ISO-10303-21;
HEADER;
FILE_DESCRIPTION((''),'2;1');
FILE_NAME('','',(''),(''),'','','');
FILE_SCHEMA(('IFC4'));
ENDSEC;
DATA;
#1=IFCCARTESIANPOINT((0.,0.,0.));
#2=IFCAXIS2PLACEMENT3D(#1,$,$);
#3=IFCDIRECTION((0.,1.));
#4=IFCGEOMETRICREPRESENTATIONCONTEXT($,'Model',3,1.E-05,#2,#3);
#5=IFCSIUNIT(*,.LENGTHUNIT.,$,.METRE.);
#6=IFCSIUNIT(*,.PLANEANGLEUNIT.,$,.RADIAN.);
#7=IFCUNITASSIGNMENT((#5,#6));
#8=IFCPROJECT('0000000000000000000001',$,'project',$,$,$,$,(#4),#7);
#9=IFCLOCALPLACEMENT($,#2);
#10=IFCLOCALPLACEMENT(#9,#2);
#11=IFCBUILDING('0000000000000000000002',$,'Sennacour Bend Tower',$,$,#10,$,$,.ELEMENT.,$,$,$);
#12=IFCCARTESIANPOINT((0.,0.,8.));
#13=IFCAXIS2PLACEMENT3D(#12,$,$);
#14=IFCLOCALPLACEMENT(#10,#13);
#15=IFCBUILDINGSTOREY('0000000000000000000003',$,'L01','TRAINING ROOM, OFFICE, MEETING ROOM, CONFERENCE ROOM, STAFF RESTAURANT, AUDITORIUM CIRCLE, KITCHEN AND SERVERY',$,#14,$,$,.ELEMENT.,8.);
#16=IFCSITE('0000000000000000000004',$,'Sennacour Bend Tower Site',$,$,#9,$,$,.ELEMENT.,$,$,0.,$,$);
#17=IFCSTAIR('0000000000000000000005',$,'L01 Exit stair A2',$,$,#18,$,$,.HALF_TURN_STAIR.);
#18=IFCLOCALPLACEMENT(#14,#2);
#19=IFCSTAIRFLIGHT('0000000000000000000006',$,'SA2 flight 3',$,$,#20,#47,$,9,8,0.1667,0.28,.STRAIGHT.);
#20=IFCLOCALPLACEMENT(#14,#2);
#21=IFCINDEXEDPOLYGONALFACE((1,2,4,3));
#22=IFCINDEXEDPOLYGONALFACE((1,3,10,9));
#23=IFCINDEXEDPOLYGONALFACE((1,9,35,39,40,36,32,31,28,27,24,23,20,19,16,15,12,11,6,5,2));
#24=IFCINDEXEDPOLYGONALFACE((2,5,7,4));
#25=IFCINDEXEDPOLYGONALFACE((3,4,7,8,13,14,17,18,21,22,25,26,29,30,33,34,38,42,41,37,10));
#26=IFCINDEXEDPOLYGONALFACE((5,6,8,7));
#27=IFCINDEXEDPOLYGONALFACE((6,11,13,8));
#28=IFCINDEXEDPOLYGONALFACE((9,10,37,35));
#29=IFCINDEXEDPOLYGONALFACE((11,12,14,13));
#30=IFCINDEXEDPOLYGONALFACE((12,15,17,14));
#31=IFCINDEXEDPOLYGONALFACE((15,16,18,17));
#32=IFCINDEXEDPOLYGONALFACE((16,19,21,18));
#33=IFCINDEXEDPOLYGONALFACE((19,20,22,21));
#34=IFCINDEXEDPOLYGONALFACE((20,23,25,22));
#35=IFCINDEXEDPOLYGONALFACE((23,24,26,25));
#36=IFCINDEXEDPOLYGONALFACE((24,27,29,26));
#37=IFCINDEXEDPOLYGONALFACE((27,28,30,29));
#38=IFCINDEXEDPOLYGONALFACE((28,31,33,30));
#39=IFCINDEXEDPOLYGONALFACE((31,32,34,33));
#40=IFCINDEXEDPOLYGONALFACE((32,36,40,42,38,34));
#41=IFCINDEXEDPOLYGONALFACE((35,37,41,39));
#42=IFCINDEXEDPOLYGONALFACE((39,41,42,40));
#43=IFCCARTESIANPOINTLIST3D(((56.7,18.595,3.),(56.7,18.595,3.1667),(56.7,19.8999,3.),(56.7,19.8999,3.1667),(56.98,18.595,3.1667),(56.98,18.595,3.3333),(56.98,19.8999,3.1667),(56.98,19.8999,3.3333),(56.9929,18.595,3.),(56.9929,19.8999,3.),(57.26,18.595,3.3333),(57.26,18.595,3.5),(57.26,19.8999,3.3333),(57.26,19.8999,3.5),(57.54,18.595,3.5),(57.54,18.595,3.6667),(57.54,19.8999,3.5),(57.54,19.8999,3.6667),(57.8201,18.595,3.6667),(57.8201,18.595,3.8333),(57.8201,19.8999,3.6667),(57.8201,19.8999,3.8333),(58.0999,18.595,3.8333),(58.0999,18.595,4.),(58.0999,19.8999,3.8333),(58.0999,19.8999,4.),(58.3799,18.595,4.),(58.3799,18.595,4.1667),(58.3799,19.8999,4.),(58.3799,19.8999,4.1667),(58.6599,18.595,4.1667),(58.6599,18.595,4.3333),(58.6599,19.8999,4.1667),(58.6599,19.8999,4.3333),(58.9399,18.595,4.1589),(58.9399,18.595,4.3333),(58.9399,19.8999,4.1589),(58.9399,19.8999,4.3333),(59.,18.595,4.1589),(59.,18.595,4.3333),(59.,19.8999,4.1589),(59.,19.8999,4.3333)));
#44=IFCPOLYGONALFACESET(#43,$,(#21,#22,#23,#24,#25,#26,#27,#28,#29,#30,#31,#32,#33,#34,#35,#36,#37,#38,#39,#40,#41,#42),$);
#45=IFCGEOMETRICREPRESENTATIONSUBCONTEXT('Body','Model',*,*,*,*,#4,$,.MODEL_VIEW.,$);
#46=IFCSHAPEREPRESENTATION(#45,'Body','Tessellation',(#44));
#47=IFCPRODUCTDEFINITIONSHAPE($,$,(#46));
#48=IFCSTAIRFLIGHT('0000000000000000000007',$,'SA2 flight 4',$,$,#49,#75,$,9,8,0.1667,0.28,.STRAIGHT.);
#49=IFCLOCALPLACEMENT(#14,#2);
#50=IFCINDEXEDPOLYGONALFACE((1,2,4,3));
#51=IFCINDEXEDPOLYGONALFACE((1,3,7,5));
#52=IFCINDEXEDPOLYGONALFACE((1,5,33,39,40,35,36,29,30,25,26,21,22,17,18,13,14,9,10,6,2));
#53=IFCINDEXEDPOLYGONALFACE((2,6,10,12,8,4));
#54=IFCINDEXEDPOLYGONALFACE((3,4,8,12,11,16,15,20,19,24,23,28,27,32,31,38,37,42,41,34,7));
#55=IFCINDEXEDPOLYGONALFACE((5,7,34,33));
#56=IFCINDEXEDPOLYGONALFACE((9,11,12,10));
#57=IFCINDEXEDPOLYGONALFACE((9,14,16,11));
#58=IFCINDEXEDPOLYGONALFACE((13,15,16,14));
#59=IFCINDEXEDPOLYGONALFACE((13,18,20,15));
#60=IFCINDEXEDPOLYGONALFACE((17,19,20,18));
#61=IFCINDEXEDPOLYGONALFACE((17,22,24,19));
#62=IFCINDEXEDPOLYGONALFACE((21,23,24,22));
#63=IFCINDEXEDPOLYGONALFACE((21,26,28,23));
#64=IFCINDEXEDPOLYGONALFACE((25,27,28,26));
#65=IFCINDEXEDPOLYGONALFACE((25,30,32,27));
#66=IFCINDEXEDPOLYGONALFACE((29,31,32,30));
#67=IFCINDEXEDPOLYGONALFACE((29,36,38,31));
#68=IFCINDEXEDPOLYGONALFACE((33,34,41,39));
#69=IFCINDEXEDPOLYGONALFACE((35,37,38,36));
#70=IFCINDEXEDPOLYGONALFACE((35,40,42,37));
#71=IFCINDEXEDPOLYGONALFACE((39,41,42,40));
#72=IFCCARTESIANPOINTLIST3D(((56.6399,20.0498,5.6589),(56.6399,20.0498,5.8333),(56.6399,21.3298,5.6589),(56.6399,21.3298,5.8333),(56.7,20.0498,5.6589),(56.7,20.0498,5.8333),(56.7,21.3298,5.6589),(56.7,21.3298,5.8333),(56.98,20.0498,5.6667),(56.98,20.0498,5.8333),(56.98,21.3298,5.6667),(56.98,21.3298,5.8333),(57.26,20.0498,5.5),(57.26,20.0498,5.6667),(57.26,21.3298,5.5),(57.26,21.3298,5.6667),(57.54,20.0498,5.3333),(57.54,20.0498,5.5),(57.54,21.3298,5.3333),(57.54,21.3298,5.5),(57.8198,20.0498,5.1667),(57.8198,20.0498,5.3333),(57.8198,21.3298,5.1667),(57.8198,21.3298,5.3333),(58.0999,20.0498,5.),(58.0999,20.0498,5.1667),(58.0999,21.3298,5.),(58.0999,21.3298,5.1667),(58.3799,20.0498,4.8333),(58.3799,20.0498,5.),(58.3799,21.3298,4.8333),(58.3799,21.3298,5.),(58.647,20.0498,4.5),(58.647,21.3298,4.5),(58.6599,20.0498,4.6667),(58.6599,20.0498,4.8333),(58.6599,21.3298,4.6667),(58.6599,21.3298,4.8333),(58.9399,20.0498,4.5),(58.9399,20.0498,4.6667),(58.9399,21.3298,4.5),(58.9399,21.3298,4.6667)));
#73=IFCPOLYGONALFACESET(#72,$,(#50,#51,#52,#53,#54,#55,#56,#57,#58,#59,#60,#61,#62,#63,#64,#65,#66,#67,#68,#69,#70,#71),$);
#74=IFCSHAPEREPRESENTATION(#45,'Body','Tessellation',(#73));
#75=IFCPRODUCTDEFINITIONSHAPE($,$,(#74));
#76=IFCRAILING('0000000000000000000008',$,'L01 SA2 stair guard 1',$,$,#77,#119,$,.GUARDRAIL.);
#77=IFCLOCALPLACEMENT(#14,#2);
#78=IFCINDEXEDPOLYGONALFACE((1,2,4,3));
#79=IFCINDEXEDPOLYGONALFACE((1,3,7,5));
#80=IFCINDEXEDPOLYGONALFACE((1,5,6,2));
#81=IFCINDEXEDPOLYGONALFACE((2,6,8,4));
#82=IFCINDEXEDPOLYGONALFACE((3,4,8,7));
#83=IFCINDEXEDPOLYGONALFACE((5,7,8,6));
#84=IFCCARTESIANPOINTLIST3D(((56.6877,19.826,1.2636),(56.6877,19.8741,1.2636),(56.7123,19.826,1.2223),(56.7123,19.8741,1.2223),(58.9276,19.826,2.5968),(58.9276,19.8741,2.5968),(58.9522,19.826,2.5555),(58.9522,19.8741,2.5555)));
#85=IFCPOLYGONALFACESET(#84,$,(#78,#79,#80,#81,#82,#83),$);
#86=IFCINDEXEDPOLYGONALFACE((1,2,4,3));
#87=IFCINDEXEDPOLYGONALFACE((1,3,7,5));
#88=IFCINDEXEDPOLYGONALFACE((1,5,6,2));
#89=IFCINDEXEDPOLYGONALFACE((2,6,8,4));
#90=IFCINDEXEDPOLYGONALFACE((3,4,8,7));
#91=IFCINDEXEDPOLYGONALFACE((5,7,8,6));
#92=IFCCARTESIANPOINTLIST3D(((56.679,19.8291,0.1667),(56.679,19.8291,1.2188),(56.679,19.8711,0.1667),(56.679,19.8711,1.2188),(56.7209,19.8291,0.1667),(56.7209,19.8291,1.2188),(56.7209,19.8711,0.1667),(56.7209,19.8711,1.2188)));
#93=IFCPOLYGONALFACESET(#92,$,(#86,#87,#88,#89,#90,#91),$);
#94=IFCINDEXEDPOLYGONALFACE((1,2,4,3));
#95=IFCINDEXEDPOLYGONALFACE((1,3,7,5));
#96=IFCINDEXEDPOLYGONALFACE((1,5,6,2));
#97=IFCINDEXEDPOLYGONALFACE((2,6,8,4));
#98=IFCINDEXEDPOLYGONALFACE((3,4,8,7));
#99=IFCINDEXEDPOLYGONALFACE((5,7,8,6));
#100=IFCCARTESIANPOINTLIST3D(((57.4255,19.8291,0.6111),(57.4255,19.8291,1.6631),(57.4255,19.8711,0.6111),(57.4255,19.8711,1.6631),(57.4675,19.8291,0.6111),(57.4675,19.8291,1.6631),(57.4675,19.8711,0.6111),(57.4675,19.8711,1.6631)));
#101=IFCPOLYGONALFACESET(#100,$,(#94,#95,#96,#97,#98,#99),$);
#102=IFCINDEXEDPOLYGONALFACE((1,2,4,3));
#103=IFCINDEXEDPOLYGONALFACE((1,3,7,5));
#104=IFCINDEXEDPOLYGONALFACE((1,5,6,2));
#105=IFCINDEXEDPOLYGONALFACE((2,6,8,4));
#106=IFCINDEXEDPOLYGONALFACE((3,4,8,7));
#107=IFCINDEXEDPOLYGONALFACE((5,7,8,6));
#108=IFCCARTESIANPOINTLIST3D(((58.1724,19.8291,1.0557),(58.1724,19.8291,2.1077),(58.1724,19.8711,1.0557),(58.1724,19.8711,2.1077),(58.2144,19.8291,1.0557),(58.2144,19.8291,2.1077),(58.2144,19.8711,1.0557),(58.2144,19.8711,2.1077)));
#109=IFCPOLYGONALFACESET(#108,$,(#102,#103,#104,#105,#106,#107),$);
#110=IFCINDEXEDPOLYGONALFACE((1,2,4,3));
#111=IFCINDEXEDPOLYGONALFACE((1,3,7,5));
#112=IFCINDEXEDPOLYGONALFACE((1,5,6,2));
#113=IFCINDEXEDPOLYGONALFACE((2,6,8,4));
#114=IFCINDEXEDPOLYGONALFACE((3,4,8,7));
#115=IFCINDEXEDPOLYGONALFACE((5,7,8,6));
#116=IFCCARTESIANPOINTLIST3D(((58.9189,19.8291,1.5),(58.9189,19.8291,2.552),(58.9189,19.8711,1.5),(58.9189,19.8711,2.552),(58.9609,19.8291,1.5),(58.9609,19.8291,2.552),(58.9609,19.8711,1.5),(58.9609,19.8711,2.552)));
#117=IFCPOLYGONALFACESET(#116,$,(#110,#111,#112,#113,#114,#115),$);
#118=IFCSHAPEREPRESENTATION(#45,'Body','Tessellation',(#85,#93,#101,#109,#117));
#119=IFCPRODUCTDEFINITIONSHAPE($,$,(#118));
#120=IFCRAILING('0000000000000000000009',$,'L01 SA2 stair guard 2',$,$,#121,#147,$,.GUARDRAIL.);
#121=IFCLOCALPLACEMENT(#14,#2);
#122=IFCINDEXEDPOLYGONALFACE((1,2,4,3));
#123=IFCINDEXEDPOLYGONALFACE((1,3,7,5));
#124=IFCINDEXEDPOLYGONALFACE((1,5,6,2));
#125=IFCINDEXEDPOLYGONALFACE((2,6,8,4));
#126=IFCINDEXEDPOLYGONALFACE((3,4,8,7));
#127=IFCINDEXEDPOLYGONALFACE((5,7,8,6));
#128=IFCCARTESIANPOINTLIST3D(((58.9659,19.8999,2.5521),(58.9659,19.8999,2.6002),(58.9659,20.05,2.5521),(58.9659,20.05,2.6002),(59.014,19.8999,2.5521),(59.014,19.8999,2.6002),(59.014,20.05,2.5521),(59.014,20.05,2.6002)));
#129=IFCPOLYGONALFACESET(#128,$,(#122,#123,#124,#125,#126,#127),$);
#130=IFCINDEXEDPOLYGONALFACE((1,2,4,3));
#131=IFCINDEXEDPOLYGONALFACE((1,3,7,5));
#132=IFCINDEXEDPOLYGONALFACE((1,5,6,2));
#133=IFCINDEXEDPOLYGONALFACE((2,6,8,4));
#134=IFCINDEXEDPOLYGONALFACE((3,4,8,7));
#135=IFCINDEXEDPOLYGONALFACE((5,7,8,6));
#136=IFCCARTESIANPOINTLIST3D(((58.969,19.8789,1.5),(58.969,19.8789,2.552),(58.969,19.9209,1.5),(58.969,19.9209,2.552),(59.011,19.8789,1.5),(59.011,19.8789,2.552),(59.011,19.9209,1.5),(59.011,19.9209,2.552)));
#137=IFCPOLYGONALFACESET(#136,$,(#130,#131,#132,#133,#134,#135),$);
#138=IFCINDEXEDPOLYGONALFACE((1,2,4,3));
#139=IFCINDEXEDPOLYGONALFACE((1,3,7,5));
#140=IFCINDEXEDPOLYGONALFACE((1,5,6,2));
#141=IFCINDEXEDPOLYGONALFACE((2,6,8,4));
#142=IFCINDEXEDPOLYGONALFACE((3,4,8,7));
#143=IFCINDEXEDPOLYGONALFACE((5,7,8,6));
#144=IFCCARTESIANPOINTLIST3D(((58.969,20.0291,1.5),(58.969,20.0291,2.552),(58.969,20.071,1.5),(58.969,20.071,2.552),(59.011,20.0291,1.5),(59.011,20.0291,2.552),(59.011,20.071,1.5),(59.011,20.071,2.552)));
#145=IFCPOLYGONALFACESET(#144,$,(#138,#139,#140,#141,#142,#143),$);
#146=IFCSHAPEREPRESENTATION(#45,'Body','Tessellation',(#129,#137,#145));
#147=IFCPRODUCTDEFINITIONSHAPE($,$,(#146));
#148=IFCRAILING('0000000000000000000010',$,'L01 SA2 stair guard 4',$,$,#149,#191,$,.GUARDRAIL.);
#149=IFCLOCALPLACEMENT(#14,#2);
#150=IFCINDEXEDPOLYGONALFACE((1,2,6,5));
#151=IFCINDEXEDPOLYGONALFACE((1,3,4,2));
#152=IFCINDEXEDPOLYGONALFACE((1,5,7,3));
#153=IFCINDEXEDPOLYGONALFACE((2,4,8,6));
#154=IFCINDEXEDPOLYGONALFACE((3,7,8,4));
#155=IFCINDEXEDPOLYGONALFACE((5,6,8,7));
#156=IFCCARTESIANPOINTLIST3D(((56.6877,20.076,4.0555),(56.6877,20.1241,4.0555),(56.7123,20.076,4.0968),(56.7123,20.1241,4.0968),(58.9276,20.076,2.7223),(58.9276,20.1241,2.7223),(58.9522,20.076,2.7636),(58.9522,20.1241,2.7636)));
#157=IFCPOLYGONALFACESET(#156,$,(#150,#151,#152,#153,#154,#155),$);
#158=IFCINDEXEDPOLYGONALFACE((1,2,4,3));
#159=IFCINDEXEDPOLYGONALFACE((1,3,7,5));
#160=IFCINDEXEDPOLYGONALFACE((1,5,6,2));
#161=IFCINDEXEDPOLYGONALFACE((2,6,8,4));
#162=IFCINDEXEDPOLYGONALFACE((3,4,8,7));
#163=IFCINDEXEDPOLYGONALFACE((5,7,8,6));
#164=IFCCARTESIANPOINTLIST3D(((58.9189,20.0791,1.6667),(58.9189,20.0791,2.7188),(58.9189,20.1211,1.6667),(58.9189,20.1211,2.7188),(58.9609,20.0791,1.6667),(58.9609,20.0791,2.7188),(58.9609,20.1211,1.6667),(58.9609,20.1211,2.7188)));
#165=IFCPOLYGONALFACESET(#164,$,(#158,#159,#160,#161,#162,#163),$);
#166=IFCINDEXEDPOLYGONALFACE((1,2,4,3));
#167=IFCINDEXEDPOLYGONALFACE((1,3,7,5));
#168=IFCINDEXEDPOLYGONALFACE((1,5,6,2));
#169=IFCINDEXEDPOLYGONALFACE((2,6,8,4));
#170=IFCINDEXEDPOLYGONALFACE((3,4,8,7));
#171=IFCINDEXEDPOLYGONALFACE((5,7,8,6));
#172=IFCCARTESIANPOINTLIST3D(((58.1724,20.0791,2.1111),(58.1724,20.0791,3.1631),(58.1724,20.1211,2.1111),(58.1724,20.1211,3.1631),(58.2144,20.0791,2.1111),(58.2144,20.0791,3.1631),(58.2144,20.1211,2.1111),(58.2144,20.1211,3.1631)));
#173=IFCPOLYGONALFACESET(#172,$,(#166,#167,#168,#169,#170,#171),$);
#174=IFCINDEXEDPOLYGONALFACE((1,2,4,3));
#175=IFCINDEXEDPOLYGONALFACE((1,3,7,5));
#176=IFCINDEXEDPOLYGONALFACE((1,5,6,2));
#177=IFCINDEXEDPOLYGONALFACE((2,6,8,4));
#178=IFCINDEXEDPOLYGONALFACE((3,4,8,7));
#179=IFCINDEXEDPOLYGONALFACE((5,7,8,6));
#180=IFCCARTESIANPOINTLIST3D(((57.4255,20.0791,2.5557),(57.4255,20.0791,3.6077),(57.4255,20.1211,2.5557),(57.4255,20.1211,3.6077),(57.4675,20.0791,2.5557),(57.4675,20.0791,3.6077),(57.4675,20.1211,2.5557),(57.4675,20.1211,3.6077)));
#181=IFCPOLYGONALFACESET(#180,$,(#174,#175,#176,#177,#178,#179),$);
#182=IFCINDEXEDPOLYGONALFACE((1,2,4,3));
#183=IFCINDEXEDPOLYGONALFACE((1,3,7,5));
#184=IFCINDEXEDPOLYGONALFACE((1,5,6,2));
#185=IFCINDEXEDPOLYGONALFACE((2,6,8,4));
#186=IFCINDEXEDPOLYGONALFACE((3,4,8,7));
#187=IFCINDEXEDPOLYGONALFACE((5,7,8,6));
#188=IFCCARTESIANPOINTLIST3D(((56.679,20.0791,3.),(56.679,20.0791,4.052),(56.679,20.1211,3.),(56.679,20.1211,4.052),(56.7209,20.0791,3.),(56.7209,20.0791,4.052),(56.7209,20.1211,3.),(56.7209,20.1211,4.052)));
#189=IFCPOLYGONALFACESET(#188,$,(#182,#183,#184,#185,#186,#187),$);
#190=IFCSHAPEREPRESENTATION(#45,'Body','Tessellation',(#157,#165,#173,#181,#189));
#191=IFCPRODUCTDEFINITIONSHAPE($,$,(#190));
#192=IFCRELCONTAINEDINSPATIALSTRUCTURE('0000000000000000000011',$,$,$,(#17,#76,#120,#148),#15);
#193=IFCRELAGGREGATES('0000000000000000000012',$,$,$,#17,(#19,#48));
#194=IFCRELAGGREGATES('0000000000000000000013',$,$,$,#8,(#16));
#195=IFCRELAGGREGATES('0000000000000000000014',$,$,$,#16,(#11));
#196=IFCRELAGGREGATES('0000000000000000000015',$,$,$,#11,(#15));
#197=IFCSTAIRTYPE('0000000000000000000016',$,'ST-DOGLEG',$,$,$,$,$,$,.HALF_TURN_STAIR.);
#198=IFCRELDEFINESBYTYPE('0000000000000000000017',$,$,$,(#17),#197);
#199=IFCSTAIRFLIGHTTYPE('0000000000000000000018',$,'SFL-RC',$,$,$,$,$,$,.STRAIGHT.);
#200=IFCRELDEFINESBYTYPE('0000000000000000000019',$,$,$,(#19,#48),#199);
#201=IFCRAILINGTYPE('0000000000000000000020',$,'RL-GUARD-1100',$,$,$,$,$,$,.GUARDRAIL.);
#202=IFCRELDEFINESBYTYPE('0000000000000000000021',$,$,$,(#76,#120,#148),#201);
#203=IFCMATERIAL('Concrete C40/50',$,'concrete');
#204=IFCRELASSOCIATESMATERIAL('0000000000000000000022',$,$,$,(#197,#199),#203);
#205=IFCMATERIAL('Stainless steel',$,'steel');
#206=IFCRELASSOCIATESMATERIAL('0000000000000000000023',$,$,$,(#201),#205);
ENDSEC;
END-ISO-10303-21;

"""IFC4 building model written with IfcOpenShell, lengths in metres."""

from ifc_helpers import new_model, si_unit, direction, frame, origin, origin_2d, place, context, subcontext, project, spatial, polyline, rectangle, outline, extrude, material, type_object, element, aggregate, save


model = new_model("IFC4")

# Units and contexts
model_context = context("Model", 3, precision=1e-05, world=origin(), true_north=direction((0.0, 1.0)))
body_context = subcontext(model_context, "Body", "Model", "MODEL_VIEW")
ifc_project = project(units=[si_unit("LENGTHUNIT", "METRE"), si_unit("PLANEANGLEUNIT", "RADIAN")], contexts=[model_context])

# Site, building, storey
site_placement = place(None, origin())
site = spatial("IfcSite", under=ifc_project, at=site_placement, Name="Sennacour Bend Tower Site", CompositionType="ELEMENT", RefElevation=0.0)
building_placement = place(site_placement, origin())
building = spatial("IfcBuilding", under=site, at=building_placement, Name="Sennacour Bend Tower", CompositionType="ELEMENT")
storey_placement = place(building_placement, frame((0.0, 0.0, 8.0)))
storey = spatial("IfcBuildingStorey", under=building, at=storey_placement, Name="L01", Description="TRAINING ROOM, OFFICE, MEETING ROOM, CONFERENCE ROOM, STAFF RESTAURANT, AUDITORIUM CIRCLE, KITCHEN AND SERVERY", CompositionType="ELEMENT", Elevation=8.0)

# Shared definitions
ifc_material_1 = material(Name="Stainless steel", Category="steel")

# Stair, stair flights
ifc_material_2 = material(Name="Concrete C40/50", Category="concrete")
stair_type = type_object("IfcStairType", Name="ST-DOGLEG", PredefinedType="HALF_TURN_STAIR", material=ifc_material_2)
stair_placement = place(storey_placement, origin())
stair = element("IfcStair", 1, at=stair_placement, inside=storey, type_object=stair_type, Name="L01 Exit stair A2", PredefinedType="HALF_TURN_STAIR")
stair_flight_type = type_object("IfcStairFlightType", Name="SFL-RC", PredefinedType="STRAIGHT", material=ifc_material_2)
stair_flight_1_placement = place(storey_placement, frame((56.7, 19.2476, 3.0), z_axis=(0.0, 0.0, 1.0), x_axis=(1.0, 0.0, 0.0)))
stair_flight_1 = element("IfcStairFlight", 2, at=stair_flight_1_placement, type_object=stair_flight_type, Name="SA2 flight 3", NumberOfRisers=9, NumberOfTreads=8, PredefinedType="STRAIGHT", RiserHeight=0.1667, TreadLength=0.28, context=body_context, shape_type="SweptSolid", body=[
    extrude(outline(polyline([(0.0, 0.0), (0.0, 0.1667), (0.28, 0.1667), (0.28, 0.3333), (0.5601, 0.3333), (0.5601, 0.5), (0.8401, 0.5), (0.8401, 0.6667), (1.1201, 0.6667), (1.1201, 0.8333), (1.3999, 0.8333), (1.3999, 1.0), (1.6799, 1.0), (1.6799, 1.1667), (1.96, 1.1667), (1.96, 1.3333), (2.24, 1.3333), (2.3, 1.3333), (2.3, 1.1589), (2.24, 1.1589), (0.293, 0.0), (0.0, 0.0)])), frame((0.0, 0.6523, 0.0), z_axis=(0.0, -1.0, 0.0), x_axis=(1.0, 0.0, 0.0)), (0.0, 0.0, 1.0), 1.3049),
])
stair_flight_2_placement = place(storey_placement, frame((58.9399, 20.6899, 4.5), z_axis=(0.0, 0.0, 1.0), x_axis=(-1.0, 0.0, 0.0)))
stair_flight_2 = element("IfcStairFlight", 3, at=stair_flight_2_placement, type_object=stair_flight_type, Name="SA2 flight 4", NumberOfRisers=9, NumberOfTreads=8, PredefinedType="STRAIGHT", RiserHeight=0.1667, TreadLength=0.28, context=body_context, shape_type="SweptSolid", body=[
    extrude(outline(polyline([(0.0, 0.0), (0.0, 0.1667), (0.28, 0.1667), (0.28, 0.3333), (0.5601, 0.3333), (0.5601, 0.5), (0.8401, 0.5), (0.8401, 0.6667), (1.1201, 0.6667), (1.1201, 0.8333), (1.3999, 0.8333), (1.3999, 1.0), (1.6799, 1.0), (1.6799, 1.1667), (1.96, 1.1667), (1.96, 1.3333), (2.24, 1.3333), (2.3, 1.3333), (2.3, 1.1589), (2.24, 1.1589), (0.293, 0.0), (0.0, 0.0)])), frame((0.0, 0.6401, 0.0), z_axis=(0.0, -1.0, 0.0), x_axis=(1.0, 0.0, 0.0)), (0.0, 0.0, 1.0), 1.28),
])
aggregate(stair, [stair_flight_1, stair_flight_2])

# Railings
railing_type_1 = type_object("IfcRailingType", Name="RL-GUARD-1100", PredefinedType="GUARDRAIL", material=ifc_material_1)
railing_1_placement = place(storey_placement, frame((56.7, 19.8501, 0.1667)))
element("IfcRailing", 4, at=railing_1_placement, inside=storey, type_object=railing_type_1, Name="L01 SA2 stair guard 1", PredefinedType="GUARDRAIL", context=body_context, shape_type="SweptSolid", body=[
    extrude(rectangle(XDim=0.0481, YDim=0.0481, at=origin_2d()), frame((0.0, 0.0, 1.0762), z_axis=(0.859306, 0.0, 0.511462), x_axis=(0.0, 1.0, 0.0)), (0.0, 0.0, 1.0), 2.6067),
    extrude(rectangle(XDim=0.042, YDim=0.042, at=origin_2d()), origin(), (0.0, 0.0, 1.0), 1.052),
    extrude(rectangle(XDim=0.042, YDim=0.042, at=origin_2d()), frame((0.7466, 0.0, 0.4443)), (0.0, 0.0, 1.0), 1.052),
    extrude(rectangle(XDim=0.042, YDim=0.042, at=origin_2d()), frame((1.4934, 0.0, 0.8889)), (0.0, 0.0, 1.0), 1.052),
    extrude(rectangle(XDim=0.042, YDim=0.042, at=origin_2d()), frame((2.24, 0.0, 1.3333)), (0.0, 0.0, 1.0), 1.052),
])
railing_2_placement = place(storey_placement, frame((58.99, 19.8999, 1.5)))
element("IfcRailing", 5, at=railing_2_placement, inside=storey, type_object=railing_type_1, Name="L01 SA2 stair guard 2", PredefinedType="GUARDRAIL", context=body_context, shape_type="SweptSolid", body=[
    extrude(rectangle(XDim=0.0481, YDim=0.0481, at=origin_2d()), frame((0.0, 0.0, 1.0762), z_axis=(0.0, 1.0, 0.0), x_axis=(-1.0, 0.0, 0.0)), (0.0, 0.0, 1.0), 0.1501),
    extrude(rectangle(XDim=0.042, YDim=0.042, at=origin_2d()), origin(), (0.0, 0.0, 1.0), 1.052),
    extrude(rectangle(XDim=0.042, YDim=0.042, at=origin_2d()), frame((0.0, 0.1501, 0.0)), (0.0, 0.0, 1.0), 1.052),
])
railing_3_placement = place(storey_placement, frame((58.9399, 20.1001, 1.6667)))
element("IfcRailing", 6, at=railing_3_placement, inside=storey, type_object=railing_type_1, Name="L01 SA2 stair guard 4", PredefinedType="GUARDRAIL", context=body_context, shape_type="SweptSolid", body=[
    extrude(rectangle(XDim=0.0481, YDim=0.0481, at=origin_2d()), frame((0.0, 0.0, 1.0762), z_axis=(-0.859306, 0.0, 0.511462), x_axis=(0.0, -1.0, 0.0)), (0.0, 0.0, 1.0), 2.6067),
    extrude(rectangle(XDim=0.042, YDim=0.042, at=origin_2d()), origin(), (0.0, 0.0, 1.0), 1.052),
    extrude(rectangle(XDim=0.042, YDim=0.042, at=origin_2d()), frame((-0.7466, 0.0, 0.4443)), (0.0, 0.0, 1.0), 1.052),
    extrude(rectangle(XDim=0.042, YDim=0.042, at=origin_2d()), frame((-1.4934, 0.0, 0.8889)), (0.0, 0.0, 1.0), 1.052),
    extrude(rectangle(XDim=0.042, YDim=0.042, at=origin_2d()), frame((-2.24, 0.0, 1.3333)), (0.0, 0.0, 1.0), 1.052),
])

save(model, "model.ifc")
